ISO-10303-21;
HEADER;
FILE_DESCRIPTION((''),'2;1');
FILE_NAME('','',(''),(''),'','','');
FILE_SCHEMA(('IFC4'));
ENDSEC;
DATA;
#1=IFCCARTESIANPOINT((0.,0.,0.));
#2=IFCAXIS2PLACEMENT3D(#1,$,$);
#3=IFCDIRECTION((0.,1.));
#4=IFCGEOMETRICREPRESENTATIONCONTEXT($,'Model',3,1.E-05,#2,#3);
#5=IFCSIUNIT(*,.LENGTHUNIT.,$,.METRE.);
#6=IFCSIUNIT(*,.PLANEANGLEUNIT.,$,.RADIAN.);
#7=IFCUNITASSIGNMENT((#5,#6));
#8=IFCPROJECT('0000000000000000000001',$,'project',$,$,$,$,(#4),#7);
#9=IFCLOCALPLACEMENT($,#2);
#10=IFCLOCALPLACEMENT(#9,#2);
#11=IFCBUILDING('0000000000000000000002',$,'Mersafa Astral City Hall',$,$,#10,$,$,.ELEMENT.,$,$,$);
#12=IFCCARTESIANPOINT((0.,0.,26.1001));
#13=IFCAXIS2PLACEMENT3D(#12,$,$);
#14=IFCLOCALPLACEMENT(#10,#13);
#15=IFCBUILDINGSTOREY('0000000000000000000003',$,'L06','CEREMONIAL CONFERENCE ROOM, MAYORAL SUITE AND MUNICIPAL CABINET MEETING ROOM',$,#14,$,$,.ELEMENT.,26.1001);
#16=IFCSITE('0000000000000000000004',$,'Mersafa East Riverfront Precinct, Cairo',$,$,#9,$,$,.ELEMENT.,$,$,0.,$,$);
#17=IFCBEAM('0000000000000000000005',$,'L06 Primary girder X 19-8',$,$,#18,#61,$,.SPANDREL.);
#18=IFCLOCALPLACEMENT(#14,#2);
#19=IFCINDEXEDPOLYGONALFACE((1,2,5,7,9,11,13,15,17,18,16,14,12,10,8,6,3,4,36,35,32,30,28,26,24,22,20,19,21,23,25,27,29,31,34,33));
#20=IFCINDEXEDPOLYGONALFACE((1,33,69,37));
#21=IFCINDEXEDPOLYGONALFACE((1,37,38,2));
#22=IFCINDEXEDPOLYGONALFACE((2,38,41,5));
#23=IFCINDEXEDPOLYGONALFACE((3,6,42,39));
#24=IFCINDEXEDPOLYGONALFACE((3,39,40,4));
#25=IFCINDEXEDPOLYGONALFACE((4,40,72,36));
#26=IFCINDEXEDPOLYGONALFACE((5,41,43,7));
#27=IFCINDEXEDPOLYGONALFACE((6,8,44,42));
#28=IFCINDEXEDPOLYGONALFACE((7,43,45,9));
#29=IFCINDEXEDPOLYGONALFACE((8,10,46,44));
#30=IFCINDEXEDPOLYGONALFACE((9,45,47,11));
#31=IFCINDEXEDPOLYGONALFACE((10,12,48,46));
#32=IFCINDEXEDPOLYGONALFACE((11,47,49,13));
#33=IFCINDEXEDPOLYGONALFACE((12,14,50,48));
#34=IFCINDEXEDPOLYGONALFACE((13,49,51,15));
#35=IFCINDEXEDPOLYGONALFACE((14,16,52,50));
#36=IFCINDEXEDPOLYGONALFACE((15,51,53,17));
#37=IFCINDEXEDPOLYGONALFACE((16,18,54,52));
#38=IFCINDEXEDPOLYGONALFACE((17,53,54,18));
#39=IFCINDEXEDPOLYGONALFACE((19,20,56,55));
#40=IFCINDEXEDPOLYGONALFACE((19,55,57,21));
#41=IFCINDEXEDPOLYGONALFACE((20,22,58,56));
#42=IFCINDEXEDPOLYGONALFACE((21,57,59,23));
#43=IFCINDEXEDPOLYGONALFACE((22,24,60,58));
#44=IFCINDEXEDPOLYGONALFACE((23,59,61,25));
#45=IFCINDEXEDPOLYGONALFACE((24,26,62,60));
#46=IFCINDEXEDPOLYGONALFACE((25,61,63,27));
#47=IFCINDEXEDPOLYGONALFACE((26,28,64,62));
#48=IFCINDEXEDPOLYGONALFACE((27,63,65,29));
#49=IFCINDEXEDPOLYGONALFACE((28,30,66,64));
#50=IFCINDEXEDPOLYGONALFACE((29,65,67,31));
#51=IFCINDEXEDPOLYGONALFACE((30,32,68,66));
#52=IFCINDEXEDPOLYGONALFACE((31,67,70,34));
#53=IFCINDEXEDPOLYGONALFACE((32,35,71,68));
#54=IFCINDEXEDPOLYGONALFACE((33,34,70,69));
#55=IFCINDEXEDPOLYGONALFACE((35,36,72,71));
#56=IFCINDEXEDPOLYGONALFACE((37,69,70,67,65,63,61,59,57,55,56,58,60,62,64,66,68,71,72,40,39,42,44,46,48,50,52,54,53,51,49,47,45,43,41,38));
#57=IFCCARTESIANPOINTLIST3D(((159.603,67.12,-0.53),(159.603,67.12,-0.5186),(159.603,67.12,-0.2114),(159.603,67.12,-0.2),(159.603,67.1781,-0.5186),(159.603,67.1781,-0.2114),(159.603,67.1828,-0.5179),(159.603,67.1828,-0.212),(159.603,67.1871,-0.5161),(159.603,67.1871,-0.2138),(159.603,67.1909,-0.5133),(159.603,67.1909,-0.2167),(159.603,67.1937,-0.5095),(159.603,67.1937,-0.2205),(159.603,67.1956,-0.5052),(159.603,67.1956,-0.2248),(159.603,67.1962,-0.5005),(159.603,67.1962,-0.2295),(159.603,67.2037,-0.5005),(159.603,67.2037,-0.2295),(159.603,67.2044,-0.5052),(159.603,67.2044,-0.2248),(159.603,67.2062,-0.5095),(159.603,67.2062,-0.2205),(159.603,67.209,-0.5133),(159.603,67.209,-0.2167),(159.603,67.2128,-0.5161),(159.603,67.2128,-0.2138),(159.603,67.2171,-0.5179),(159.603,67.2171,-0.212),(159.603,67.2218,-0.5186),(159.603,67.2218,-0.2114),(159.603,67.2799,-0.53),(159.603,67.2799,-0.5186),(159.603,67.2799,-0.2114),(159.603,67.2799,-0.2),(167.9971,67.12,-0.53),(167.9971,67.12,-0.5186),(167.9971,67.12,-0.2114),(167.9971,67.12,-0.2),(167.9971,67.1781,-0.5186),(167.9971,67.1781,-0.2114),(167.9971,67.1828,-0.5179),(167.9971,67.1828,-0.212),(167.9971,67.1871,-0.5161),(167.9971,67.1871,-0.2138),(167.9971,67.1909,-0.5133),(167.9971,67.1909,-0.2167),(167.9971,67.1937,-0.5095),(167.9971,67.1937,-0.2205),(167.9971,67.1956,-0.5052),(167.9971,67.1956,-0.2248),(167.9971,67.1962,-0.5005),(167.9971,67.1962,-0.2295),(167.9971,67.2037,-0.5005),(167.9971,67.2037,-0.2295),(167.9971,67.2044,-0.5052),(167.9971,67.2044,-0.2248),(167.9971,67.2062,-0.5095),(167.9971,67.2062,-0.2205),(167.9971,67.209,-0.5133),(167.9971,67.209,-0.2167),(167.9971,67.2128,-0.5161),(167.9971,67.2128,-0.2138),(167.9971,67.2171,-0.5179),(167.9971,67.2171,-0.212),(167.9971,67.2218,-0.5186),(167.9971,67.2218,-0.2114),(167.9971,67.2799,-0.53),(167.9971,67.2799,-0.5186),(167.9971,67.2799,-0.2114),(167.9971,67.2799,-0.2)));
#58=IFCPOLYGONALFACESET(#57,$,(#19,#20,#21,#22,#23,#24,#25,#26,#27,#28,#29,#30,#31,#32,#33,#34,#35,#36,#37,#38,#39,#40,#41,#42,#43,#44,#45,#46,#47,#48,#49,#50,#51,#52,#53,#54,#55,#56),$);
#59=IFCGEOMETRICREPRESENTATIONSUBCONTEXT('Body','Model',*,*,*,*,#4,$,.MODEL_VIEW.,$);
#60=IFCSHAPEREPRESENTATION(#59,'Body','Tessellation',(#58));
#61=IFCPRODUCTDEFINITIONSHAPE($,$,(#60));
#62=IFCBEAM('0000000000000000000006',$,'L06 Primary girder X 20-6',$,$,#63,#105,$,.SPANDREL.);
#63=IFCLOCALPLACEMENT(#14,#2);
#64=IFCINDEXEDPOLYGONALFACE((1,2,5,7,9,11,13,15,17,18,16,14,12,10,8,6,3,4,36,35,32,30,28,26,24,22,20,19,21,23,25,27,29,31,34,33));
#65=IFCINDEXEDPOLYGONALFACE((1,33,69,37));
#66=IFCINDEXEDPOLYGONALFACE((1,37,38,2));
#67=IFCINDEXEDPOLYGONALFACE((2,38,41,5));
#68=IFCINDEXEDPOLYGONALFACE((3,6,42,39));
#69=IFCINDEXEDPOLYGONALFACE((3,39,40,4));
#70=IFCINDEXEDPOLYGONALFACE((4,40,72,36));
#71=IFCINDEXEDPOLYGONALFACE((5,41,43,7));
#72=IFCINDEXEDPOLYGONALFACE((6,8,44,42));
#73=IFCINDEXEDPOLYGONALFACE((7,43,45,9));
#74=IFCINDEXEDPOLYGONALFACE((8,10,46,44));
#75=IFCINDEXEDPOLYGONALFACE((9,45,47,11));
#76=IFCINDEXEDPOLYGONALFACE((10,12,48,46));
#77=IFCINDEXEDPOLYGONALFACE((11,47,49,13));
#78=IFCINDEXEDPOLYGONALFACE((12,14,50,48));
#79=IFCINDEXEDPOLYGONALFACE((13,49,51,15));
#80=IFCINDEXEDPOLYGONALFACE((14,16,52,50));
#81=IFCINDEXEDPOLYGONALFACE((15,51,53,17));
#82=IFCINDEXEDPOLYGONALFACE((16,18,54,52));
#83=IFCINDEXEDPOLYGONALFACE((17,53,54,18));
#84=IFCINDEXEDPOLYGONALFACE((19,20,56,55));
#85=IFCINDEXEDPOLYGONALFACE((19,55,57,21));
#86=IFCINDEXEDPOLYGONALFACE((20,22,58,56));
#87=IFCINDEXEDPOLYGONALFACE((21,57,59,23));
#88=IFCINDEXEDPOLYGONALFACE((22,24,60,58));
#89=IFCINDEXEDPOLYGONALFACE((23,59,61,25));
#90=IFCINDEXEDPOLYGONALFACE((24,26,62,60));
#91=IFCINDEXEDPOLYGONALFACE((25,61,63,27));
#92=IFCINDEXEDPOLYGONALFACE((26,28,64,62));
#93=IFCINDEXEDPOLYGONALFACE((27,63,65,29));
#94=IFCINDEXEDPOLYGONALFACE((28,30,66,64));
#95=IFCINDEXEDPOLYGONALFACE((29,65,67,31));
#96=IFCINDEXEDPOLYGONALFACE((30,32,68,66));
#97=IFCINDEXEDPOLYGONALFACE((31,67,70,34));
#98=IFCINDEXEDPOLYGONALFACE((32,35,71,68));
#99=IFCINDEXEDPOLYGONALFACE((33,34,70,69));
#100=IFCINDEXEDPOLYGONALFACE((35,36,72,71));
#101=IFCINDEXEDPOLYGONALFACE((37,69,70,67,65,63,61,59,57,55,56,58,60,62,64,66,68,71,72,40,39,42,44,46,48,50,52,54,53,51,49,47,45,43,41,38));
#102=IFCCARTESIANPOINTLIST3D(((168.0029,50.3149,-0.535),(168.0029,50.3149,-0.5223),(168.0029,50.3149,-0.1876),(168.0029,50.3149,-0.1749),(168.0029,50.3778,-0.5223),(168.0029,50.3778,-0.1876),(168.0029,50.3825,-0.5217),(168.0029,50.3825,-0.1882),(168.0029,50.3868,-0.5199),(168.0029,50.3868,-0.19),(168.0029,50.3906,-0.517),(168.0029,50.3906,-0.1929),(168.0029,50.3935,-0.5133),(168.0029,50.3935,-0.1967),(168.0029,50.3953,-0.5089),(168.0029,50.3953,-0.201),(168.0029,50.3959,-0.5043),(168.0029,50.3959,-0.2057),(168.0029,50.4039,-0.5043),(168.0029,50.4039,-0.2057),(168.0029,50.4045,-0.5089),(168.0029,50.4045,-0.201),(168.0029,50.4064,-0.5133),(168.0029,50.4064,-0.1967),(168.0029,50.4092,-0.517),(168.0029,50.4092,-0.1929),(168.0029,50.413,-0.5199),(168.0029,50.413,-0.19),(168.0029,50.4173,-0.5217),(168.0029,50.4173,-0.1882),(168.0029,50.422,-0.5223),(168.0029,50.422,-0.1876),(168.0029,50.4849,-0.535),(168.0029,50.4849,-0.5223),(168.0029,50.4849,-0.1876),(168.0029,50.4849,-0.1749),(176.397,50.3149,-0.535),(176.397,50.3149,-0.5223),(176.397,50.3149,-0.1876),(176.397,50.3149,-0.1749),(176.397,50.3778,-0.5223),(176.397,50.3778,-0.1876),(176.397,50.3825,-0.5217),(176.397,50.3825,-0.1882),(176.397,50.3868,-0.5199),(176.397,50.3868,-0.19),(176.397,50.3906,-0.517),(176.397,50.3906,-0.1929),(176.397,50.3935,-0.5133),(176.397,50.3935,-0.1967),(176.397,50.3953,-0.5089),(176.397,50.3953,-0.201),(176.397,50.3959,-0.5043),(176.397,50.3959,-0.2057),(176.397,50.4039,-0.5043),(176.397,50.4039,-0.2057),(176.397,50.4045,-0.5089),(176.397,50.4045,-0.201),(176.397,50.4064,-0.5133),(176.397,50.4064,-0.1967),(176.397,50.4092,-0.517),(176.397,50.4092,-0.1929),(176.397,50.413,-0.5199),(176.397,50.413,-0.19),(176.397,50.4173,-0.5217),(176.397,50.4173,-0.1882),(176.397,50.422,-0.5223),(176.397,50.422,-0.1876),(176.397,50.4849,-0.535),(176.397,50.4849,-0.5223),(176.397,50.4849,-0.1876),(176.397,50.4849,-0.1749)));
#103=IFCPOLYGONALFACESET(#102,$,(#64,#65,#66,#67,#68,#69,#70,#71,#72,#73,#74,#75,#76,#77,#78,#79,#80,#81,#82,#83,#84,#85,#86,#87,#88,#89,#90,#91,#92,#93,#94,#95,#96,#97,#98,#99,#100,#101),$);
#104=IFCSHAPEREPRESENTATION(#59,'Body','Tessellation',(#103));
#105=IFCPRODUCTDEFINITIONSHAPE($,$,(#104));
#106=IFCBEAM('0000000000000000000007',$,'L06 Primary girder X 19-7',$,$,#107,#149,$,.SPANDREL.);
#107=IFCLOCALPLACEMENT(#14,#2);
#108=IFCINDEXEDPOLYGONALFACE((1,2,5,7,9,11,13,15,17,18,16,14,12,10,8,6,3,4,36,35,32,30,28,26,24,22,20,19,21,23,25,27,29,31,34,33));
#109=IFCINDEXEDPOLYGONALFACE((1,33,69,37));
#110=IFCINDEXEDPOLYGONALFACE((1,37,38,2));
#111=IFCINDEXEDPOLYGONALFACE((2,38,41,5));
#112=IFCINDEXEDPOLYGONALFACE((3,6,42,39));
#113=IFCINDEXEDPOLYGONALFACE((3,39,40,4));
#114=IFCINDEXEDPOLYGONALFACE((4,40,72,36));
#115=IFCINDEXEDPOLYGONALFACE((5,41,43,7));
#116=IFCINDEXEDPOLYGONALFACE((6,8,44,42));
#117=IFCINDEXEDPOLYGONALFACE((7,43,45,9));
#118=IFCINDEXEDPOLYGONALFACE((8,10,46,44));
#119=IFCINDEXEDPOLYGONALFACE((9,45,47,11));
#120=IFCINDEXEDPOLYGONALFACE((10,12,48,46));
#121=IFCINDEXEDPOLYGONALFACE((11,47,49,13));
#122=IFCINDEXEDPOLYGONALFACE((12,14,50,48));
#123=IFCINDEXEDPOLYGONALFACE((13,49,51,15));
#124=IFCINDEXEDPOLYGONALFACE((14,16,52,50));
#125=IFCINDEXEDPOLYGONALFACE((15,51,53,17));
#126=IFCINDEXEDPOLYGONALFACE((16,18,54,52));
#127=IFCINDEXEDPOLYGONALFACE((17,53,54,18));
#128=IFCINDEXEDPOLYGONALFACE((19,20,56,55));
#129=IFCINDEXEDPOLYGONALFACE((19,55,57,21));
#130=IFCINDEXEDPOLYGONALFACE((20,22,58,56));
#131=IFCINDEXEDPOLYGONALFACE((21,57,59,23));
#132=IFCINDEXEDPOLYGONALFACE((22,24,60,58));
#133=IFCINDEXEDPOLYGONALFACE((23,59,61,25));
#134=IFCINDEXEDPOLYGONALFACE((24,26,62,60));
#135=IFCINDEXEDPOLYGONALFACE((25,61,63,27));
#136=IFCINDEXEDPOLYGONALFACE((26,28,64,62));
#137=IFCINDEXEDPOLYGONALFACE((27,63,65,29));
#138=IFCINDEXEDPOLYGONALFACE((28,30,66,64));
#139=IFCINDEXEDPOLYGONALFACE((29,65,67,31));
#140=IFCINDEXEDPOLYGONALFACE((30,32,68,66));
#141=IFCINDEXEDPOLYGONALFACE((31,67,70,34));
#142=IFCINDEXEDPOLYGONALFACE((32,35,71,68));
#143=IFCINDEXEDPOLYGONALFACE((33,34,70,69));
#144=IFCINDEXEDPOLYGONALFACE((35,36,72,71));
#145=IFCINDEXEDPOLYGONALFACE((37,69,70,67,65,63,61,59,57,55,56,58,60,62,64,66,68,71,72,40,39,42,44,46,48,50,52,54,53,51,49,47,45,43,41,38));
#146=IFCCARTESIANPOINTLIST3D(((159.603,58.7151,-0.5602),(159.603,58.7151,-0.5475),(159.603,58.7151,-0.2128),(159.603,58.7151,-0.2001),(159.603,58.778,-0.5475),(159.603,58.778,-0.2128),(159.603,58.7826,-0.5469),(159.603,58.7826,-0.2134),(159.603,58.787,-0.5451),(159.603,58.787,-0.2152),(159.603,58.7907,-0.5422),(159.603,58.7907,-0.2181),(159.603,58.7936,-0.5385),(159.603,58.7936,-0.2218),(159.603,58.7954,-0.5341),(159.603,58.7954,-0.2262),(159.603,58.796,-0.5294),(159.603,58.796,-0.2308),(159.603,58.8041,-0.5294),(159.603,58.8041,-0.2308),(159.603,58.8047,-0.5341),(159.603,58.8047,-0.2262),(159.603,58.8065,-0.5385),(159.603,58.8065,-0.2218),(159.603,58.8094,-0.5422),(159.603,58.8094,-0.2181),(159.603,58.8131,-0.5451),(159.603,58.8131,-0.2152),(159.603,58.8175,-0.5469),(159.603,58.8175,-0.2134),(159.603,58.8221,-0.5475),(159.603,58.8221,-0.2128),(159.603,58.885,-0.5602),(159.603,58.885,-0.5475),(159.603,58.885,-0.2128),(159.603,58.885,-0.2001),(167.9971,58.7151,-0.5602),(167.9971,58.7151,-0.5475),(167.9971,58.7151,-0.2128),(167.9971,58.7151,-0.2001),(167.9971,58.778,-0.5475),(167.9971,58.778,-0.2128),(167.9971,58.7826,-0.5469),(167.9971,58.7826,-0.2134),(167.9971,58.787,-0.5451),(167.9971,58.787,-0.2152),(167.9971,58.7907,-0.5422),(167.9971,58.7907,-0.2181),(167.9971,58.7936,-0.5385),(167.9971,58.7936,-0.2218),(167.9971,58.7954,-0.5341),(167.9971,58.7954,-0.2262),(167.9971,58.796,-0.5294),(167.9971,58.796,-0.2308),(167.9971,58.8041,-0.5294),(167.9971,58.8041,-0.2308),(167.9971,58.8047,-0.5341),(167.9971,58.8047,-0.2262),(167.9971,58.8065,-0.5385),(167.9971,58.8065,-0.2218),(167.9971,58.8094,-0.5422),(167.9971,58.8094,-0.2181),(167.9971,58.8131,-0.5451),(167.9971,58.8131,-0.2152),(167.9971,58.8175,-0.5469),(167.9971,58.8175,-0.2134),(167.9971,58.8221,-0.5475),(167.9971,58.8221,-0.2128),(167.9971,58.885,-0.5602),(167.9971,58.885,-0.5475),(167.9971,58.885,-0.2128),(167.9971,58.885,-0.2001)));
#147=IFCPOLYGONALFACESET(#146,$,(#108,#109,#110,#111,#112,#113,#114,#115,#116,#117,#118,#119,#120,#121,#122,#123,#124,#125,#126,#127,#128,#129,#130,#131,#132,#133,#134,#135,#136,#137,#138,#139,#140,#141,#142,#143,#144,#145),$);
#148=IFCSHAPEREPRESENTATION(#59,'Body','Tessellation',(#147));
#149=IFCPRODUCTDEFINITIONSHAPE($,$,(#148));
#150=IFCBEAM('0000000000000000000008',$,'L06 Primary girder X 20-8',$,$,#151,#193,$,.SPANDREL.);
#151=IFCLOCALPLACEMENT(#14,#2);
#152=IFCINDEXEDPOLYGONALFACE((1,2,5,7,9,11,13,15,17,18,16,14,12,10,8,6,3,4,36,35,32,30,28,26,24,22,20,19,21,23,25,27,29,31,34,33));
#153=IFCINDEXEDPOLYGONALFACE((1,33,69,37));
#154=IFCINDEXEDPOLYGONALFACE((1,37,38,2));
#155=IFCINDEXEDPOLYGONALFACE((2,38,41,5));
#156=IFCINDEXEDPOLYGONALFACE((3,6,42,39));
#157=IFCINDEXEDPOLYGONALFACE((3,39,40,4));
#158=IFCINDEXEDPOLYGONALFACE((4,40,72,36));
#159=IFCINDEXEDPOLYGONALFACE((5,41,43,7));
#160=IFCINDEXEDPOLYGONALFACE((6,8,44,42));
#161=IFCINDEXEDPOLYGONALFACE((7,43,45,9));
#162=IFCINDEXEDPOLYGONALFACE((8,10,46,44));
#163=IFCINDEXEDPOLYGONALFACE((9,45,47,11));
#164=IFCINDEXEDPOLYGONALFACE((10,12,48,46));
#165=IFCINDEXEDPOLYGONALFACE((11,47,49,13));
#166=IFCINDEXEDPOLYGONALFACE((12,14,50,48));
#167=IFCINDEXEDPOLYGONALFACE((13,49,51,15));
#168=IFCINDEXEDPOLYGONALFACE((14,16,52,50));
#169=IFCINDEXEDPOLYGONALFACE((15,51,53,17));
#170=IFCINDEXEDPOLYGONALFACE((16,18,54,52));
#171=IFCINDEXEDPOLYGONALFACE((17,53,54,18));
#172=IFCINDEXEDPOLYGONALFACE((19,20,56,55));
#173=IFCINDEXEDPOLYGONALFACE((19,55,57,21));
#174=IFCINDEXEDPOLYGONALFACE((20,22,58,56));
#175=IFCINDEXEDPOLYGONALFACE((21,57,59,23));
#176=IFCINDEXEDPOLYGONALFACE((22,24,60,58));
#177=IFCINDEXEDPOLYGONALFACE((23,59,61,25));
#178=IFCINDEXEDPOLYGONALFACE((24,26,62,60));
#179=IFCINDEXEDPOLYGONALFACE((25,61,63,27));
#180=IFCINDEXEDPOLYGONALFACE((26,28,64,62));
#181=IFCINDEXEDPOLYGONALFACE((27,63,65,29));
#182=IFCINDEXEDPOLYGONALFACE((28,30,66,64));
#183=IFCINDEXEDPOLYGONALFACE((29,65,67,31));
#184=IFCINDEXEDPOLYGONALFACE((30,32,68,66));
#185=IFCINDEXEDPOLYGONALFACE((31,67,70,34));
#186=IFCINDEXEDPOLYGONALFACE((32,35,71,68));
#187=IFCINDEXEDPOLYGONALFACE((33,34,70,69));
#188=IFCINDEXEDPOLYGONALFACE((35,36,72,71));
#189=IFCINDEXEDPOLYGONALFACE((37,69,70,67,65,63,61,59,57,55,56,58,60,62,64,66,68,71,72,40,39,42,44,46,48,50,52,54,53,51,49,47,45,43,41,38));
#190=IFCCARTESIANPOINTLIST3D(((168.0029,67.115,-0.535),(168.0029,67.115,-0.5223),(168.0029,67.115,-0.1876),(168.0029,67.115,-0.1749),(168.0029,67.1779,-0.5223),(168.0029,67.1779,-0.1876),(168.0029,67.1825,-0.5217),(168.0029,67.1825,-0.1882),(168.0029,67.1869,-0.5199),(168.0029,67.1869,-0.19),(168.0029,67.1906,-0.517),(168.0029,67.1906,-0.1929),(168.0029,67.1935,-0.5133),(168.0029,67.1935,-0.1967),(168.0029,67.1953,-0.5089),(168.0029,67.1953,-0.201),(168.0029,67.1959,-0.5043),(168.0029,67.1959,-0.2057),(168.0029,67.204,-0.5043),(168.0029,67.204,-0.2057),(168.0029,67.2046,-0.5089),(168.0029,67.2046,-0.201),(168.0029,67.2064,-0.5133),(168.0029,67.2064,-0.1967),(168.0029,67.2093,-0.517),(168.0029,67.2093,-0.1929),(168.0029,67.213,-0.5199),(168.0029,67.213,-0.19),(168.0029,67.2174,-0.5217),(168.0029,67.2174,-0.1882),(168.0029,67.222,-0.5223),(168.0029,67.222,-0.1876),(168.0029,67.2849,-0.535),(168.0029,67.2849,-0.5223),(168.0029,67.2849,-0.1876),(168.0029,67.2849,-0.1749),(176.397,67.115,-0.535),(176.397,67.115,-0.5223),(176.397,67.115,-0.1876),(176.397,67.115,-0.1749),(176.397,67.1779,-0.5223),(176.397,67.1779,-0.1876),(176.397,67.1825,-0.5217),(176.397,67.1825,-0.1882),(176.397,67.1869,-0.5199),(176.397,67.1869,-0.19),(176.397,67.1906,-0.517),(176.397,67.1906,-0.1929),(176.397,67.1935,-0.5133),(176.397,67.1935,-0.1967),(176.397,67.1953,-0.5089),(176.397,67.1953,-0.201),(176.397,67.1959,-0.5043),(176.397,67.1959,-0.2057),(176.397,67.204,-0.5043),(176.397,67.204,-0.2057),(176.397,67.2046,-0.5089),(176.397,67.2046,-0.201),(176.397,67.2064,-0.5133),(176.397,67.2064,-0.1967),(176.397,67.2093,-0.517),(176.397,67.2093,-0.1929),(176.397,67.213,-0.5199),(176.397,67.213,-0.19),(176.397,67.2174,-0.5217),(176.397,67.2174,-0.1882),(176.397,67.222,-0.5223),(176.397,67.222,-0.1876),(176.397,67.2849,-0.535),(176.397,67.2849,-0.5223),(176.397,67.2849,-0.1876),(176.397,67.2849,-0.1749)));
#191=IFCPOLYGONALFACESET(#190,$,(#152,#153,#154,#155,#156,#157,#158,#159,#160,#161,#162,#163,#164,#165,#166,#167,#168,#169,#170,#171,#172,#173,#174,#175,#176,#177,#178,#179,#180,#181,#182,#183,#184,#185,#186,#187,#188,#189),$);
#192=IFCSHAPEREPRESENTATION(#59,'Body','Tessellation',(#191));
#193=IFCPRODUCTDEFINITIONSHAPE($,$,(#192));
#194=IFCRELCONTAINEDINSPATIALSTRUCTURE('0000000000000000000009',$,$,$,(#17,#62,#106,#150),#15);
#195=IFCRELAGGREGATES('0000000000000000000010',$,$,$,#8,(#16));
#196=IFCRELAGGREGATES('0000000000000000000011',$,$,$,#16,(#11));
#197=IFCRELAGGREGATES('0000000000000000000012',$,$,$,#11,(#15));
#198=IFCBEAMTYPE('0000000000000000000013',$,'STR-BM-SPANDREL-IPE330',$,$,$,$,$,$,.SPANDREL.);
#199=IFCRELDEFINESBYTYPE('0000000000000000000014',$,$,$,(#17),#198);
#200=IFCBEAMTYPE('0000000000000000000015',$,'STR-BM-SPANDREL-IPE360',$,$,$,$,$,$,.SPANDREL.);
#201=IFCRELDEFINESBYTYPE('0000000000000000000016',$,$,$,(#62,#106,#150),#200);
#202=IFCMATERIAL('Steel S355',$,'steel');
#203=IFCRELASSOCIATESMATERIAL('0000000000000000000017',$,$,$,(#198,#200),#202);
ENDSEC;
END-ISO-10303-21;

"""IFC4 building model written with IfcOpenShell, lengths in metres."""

from ifc_helpers import new_model, si_unit, direction, frame, origin, origin_2d, place, context, subcontext, project, spatial, i_section, extrude, material, material_profile, profile_set, type_object, element, save


model = new_model("IFC4")

# Units and contexts
model_context = context("Model", 3, precision=1e-05, world=origin(), true_north=direction((0.0, 1.0)))
body_context = subcontext(model_context, "Body", "Model", "MODEL_VIEW")
ifc_project = project(units=[si_unit("LENGTHUNIT", "METRE"), si_unit("PLANEANGLEUNIT", "RADIAN")], contexts=[model_context])

# Site, building, storey
site_placement = place(None, origin())
site = spatial("IfcSite", under=ifc_project, at=site_placement, Name="Mersafa East Riverfront Precinct, Cairo", CompositionType="ELEMENT", RefElevation=0.0)
building_placement = place(site_placement, origin())
building = spatial("IfcBuilding", under=site, at=building_placement, Name="Mersafa Astral City Hall", CompositionType="ELEMENT")
storey_placement = place(building_placement, frame((0.0, 0.0, 26.1001)))
storey = spatial("IfcBuildingStorey", under=building, at=storey_placement, Name="L06", Description="CEREMONIAL CONFERENCE ROOM, MAYORAL SUITE AND MUNICIPAL CABINET MEETING ROOM", CompositionType="ELEMENT", Elevation=26.1001)

# Beams
ifc_material_1 = material(Name="Steel S355", Category="steel")
ifc_material_profile_1 = material_profile(ifc_material_1, i_section(OverallWidth=0.1599, OverallDepth=0.3301, WebThickness=0.0076, FlangeThickness=0.0115, FilletRadius=0.0181, at=origin_2d()), Name="IPE 330")
ifc_profile_set_1 = profile_set([ifc_material_profile_1], Name="Steel S355")
beam_type_1 = type_object("IfcBeamType", Name="STR-BM-SPANDREL-IPE330", PredefinedType="SPANDREL", material=ifc_profile_set_1)
for number, where, z_axis, x_axis, name in (
    (1, (159.603, 67.2, -0.365), (1.0, 0.0, 0.0), (0.0, 1.0, 0.0), "L06 Primary girder X 19-8"),
):
    element("IfcBeam", number, at=place(storey_placement, frame(where, z_axis=z_axis, x_axis=x_axis)), inside=storey, type_object=beam_type_1, Name=name, PredefinedType="SPANDREL", context=body_context, shape_type="SweptSolid", body=[
        extrude(i_section(OverallWidth=0.1599, OverallDepth=0.3301, WebThickness=0.0076, FlangeThickness=0.0115, FilletRadius=0.0181, at=origin_2d()), origin(), (0.0, 0.0, 1.0), 8.394),
    ])
ifc_material_profile_2 = material_profile(ifc_material_1, i_section(OverallWidth=0.1699, OverallDepth=0.3601, WebThickness=0.0081, FlangeThickness=0.0127, FilletRadius=0.0181, at=origin_2d()), Name="IPE 360")
ifc_profile_set_2 = profile_set([ifc_material_profile_2], Name="Steel S355")
beam_type_2 = type_object("IfcBeamType", Name="STR-BM-SPANDREL-IPE360", PredefinedType="SPANDREL", material=ifc_profile_set_2)
for number, where, z_axis, x_axis, name in (
    (2, (168.0029, 50.3999, -0.355), (1.0, 0.0, 0.0), (0.0, 1.0, 0.0), "L06 Primary girder X 20-6"),
    (3, (159.603, 58.8, -0.3801), (1.0, 0.0, 0.0), (0.0, 1.0, 0.0), "L06 Primary girder X 19-7"),
    (4, (168.0029, 67.2, -0.355), (1.0, 0.0, 0.0), (0.0, 1.0, 0.0), "L06 Primary girder X 20-8"),
):
    element("IfcBeam", number, at=place(storey_placement, frame(where, z_axis=z_axis, x_axis=x_axis)), inside=storey, type_object=beam_type_2, Name=name, PredefinedType="SPANDREL", context=body_context, shape_type="SweptSolid", body=[
        extrude(i_section(OverallWidth=0.1699, OverallDepth=0.3601, WebThickness=0.0081, FlangeThickness=0.0127, FilletRadius=0.0181, at=origin_2d()), origin(), (0.0, 0.0, 1.0), 8.394),
    ])

save(model, "model.ifc")
